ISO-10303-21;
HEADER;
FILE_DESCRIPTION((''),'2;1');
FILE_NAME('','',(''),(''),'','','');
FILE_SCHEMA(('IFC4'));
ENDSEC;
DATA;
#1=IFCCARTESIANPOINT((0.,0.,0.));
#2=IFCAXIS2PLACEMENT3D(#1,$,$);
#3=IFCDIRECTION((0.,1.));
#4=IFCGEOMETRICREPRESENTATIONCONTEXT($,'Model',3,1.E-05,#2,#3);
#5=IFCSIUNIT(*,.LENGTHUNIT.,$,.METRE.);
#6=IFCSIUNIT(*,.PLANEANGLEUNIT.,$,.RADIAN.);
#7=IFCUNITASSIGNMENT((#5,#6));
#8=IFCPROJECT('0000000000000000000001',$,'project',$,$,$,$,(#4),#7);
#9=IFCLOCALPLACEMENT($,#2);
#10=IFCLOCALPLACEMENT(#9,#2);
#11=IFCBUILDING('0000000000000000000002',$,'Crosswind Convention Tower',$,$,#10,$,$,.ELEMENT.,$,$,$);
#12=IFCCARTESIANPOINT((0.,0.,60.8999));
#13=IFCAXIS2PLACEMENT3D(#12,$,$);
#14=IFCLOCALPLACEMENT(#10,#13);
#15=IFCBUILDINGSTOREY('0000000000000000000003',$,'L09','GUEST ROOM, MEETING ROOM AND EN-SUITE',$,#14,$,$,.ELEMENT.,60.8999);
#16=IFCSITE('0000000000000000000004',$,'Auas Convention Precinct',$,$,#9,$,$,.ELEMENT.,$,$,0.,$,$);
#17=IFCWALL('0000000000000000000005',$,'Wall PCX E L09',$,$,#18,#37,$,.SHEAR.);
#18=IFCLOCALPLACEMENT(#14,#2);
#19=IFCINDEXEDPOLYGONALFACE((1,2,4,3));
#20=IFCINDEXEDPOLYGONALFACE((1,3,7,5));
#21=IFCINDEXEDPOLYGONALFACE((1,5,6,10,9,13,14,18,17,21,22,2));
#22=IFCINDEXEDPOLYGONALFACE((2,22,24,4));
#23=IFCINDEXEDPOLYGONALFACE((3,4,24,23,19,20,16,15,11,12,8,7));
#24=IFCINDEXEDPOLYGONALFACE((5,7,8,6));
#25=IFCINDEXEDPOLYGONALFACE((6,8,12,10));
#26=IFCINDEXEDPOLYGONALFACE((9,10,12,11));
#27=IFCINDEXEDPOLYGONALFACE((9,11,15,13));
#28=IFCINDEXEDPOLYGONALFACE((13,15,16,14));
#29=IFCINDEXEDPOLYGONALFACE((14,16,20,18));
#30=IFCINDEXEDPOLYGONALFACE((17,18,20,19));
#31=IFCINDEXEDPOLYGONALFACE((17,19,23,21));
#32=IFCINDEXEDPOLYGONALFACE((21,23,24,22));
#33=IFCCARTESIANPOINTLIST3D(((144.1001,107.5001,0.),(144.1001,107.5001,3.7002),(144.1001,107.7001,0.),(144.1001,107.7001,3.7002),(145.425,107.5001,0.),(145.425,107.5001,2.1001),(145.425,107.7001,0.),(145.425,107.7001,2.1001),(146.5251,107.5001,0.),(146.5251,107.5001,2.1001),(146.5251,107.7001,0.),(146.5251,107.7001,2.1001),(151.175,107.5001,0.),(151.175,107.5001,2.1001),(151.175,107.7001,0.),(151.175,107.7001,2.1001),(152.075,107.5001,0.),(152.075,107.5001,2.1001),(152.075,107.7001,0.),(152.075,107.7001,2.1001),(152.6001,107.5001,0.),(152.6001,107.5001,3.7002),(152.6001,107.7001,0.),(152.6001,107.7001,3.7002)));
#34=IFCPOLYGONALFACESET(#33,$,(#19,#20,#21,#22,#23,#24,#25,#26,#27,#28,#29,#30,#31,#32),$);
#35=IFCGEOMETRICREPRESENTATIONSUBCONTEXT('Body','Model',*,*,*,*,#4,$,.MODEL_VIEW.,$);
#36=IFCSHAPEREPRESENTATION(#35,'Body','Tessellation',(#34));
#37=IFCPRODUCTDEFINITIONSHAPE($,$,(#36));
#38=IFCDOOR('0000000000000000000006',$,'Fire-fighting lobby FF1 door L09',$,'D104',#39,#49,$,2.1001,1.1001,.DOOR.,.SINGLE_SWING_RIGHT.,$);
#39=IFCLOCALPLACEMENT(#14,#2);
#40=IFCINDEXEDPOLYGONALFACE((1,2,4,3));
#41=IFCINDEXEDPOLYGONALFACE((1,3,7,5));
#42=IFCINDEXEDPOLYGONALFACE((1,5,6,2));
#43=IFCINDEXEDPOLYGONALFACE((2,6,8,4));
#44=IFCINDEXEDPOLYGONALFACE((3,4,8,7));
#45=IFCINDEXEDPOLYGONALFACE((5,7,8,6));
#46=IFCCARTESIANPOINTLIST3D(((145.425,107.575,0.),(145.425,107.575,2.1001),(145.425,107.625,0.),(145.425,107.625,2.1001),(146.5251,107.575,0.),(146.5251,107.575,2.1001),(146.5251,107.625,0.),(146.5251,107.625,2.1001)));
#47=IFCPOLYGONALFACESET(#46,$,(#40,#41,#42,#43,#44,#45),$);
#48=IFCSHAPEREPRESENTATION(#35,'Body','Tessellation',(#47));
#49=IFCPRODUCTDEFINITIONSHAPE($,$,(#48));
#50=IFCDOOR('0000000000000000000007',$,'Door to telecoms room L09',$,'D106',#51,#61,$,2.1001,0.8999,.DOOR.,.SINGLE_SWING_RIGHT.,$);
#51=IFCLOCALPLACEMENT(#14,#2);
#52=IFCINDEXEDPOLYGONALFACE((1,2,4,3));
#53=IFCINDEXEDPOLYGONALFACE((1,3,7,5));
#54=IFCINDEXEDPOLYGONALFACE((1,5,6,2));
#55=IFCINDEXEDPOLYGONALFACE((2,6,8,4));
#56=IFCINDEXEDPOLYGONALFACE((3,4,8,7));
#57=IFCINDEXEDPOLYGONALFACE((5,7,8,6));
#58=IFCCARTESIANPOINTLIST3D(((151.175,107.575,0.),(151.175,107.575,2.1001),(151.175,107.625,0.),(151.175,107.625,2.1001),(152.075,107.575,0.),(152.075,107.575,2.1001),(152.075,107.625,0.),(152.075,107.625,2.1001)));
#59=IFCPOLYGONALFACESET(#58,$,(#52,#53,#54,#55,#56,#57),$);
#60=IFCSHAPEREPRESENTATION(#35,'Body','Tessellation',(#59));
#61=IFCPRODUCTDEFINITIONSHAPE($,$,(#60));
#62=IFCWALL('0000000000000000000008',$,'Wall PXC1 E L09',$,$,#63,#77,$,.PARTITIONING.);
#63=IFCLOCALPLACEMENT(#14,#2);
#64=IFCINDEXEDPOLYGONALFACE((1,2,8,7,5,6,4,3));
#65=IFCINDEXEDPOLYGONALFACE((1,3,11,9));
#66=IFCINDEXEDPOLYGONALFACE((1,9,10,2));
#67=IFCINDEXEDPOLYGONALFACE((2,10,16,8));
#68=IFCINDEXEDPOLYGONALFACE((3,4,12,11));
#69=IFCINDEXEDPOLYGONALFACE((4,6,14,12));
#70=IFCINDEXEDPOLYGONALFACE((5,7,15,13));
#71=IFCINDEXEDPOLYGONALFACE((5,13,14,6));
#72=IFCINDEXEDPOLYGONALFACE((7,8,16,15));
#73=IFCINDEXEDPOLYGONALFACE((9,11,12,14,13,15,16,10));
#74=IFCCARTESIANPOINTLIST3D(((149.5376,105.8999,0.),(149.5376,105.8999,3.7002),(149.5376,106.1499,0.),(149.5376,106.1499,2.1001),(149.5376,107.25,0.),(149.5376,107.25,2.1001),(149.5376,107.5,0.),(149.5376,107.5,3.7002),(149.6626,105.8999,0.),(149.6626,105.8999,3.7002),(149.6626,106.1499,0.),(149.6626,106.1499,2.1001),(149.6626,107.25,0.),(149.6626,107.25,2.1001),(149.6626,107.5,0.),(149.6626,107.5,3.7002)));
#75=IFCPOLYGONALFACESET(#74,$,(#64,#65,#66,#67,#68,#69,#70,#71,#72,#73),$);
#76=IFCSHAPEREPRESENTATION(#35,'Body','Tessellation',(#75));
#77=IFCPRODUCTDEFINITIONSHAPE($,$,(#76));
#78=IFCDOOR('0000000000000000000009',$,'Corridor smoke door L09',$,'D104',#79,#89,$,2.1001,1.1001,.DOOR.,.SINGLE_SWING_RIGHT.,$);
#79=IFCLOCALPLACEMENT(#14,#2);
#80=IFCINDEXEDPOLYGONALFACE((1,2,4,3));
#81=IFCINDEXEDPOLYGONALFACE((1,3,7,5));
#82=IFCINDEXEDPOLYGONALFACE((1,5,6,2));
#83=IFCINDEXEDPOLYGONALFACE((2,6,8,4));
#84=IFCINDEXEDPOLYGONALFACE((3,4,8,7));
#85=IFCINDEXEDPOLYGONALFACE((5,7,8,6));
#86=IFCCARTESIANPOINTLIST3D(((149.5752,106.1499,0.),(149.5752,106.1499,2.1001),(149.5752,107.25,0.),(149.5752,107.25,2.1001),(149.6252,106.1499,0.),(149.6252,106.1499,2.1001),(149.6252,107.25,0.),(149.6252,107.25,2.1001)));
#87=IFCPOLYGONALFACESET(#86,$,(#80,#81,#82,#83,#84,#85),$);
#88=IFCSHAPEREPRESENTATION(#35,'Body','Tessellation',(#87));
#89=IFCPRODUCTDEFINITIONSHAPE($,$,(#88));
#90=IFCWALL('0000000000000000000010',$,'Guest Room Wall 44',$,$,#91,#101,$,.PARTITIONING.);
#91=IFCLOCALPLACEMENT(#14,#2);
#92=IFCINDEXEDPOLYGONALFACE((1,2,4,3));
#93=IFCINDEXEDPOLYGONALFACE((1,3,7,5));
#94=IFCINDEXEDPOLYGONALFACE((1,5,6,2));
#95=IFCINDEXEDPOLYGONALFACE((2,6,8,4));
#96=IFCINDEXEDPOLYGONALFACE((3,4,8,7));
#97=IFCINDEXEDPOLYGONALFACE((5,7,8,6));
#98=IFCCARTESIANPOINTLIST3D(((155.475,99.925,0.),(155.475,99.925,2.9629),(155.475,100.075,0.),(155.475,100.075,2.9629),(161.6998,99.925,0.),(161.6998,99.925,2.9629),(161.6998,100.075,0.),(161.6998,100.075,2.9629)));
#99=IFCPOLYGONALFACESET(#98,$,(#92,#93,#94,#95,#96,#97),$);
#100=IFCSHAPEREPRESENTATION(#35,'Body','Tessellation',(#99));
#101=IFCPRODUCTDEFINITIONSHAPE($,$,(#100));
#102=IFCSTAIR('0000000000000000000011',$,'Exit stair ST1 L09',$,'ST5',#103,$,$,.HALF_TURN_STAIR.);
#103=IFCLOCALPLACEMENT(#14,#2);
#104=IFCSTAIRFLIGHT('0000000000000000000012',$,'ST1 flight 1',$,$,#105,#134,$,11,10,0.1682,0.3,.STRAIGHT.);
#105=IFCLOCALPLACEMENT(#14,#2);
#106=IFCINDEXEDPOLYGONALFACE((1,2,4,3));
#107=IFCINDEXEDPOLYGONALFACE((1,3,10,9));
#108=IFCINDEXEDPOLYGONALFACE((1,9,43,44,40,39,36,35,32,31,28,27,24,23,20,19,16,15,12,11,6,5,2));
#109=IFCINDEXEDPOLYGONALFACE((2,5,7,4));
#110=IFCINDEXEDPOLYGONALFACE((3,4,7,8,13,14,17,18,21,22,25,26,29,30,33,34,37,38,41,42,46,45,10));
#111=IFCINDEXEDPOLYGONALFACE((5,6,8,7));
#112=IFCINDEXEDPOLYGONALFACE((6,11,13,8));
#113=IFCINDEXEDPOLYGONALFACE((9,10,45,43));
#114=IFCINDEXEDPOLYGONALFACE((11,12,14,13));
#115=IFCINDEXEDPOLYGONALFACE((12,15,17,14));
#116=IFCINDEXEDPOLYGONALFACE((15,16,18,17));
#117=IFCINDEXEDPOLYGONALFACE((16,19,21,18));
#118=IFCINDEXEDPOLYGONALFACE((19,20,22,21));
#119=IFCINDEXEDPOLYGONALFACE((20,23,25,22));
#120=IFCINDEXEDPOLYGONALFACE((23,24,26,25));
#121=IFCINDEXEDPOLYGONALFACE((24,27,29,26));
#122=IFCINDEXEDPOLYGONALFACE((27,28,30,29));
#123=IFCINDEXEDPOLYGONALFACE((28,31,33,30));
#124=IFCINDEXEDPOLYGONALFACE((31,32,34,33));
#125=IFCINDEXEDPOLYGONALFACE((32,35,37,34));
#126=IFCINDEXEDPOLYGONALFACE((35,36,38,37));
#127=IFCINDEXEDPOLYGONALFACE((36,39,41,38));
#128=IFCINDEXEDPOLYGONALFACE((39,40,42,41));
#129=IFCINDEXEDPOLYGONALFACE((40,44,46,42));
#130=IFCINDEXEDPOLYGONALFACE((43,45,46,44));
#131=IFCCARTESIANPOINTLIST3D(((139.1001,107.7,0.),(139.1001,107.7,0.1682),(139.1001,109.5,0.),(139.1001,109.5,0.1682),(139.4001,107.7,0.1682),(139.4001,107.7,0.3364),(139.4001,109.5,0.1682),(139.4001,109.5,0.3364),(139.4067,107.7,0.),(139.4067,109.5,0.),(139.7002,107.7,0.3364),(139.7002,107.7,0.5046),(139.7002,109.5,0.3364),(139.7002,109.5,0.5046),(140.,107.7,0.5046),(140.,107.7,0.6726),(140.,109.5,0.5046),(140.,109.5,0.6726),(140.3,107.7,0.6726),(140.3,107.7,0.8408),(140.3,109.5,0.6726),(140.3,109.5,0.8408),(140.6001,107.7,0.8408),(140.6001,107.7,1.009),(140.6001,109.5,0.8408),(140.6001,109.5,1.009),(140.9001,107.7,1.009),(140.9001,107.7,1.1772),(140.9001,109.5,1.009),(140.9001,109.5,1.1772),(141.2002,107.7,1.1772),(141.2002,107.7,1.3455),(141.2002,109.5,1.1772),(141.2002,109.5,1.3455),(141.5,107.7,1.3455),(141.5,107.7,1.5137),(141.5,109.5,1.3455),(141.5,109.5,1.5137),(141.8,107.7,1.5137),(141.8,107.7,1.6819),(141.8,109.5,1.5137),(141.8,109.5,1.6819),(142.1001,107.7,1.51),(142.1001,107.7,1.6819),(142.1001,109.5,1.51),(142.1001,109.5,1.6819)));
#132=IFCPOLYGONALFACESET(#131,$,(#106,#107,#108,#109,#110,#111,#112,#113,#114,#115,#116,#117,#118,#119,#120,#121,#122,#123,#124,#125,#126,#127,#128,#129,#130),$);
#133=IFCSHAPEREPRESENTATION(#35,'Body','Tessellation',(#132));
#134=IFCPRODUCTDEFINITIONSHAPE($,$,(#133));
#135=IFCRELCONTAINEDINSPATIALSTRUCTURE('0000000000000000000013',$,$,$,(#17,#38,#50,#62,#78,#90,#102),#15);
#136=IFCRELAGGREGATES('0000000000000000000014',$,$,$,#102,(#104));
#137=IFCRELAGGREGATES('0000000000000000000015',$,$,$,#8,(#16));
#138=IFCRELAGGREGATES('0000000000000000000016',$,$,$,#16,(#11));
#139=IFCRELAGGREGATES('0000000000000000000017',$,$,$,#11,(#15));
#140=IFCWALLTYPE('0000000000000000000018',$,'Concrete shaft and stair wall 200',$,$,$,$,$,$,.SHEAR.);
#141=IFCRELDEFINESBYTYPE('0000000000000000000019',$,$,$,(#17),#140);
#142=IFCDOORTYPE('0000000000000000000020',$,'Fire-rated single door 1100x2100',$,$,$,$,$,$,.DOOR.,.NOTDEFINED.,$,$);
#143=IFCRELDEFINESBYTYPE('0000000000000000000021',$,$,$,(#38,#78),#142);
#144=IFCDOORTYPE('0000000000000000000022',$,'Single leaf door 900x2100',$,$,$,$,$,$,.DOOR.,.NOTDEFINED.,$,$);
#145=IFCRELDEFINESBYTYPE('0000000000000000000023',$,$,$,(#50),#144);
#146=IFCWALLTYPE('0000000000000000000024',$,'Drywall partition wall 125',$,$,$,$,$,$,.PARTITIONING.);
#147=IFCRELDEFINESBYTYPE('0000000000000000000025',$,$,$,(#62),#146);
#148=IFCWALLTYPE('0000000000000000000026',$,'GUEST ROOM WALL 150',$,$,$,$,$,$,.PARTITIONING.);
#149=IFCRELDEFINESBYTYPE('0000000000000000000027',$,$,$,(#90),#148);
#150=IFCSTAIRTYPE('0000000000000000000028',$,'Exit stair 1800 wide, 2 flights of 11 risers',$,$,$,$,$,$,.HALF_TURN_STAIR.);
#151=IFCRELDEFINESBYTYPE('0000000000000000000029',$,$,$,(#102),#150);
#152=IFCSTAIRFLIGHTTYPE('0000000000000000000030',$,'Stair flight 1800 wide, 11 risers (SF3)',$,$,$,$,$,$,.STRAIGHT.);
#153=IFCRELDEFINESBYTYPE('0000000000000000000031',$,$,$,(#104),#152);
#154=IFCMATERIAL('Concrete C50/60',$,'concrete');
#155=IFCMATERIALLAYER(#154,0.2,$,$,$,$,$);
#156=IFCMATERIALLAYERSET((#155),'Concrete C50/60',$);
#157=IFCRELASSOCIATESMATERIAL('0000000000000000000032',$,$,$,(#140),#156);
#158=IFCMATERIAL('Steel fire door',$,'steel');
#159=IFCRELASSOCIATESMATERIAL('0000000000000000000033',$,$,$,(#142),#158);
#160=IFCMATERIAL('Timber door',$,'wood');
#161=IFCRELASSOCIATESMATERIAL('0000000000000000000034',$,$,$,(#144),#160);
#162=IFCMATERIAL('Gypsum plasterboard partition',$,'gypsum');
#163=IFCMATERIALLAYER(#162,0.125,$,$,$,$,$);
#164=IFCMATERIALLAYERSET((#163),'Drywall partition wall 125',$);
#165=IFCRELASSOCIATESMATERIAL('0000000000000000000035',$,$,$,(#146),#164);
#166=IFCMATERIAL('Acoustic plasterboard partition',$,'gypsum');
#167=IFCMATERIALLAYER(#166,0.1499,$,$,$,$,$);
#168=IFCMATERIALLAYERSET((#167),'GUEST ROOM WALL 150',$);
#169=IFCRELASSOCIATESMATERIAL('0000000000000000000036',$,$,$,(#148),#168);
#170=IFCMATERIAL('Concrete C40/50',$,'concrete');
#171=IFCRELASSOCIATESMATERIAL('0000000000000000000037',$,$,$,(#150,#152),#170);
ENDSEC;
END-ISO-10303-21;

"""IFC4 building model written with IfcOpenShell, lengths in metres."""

from ifc_helpers import new_model, si_unit, direction, frame, frame_2d, origin, place, context, subcontext, project, spatial, polyline, rectangle, outline, extrude, material, layer, layer_set, type_object, element, fill, aggregate, save


model = new_model("IFC4")

# Units and contexts
model_context = context("Model", 3, precision=1e-05, world=origin(), true_north=direction((0.0, 1.0)))
body_context = subcontext(model_context, "Body", "Model", "MODEL_VIEW")
ifc_project = project(units=[si_unit("LENGTHUNIT", "METRE"), si_unit("PLANEANGLEUNIT", "RADIAN")], contexts=[model_context])

# Site, building, storey
site_placement = place(None, origin())
site = spatial("IfcSite", under=ifc_project, at=site_placement, Name="Auas Convention Precinct", CompositionType="ELEMENT", RefElevation=0.0)
building_placement = place(site_placement, origin())
building = spatial("IfcBuilding", under=site, at=building_placement, Name="Crosswind Convention Tower", CompositionType="ELEMENT")
storey_placement = place(building_placement, frame((0.0, 0.0, 60.8999)))
storey = spatial("IfcBuildingStorey", under=building, at=storey_placement, Name="L09", Description="GUEST ROOM, MEETING ROOM AND EN-SUITE", CompositionType="ELEMENT", Elevation=60.8999)

# Shared definitions
ifc_material_1 = material(Name="Concrete C50/60", Category="concrete")
ifc_layer_1 = layer(ifc_material_1, 0.2)
ifc_layer_set_1 = layer_set([ifc_layer_1], Name="Concrete C50/60")
wall_type_1 = type_object("IfcWallType", Name="Concrete shaft and stair wall 200", PredefinedType="SHEAR", material=ifc_layer_set_1)

# Shared definitions
ifc_material_2 = material(Name="Steel fire door", Category="steel")
door_type_1 = type_object("IfcDoorType", Name="Fire-rated single door 1100x2100", OperationType="NOTDEFINED", PredefinedType="DOOR", material=ifc_material_2)

# Wall, openings, doors
wall_1_placement = place(storey_placement, frame((144.1001, 107.6001, 0.0), z_axis=(0.0, 0.0, 1.0), x_axis=(1.0, 0.0, 0.0)))
wall_1 = element("IfcWall", 1, at=wall_1_placement, inside=storey, type_object=wall_type_1, Name="Wall PCX E L09", PredefinedType="SHEAR", context=body_context, shape_type="SweptSolid", body=[
    extrude(rectangle(XDim=8.5, YDim=0.2, at=frame_2d((4.25, 0.0))), origin(), (0.0, 0.0, 1.0), 3.7002),
])
opening_1_placement = place(wall_1_placement, frame((1.325, 0.0, 0.0)))
opening_1 = element("IfcOpeningElement", 2, at=opening_1_placement, cuts=wall_1, PredefinedType="OPENING", context=body_context, shape_type="SweptSolid", body=[
    extrude(rectangle(XDim=1.1001, YDim=2.1001, at=frame_2d((0.55, 1.05))), frame((0.0, 0.1099, 0.0), z_axis=(0.0, -1.0, 0.0), x_axis=(1.0, 0.0, 0.0)), (0.0, 0.0, 1.0), 0.22),
])
opening_2_placement = place(wall_1_placement, frame((7.075, 0.0, 0.0)))
opening_2 = element("IfcOpeningElement", 3, at=opening_2_placement, cuts=wall_1, PredefinedType="OPENING", context=body_context, shape_type="SweptSolid", body=[
    extrude(rectangle(XDim=0.8999, YDim=2.1001, at=frame_2d((0.45, 1.05))), frame((0.0, 0.1099, 0.0), z_axis=(0.0, -1.0, 0.0), x_axis=(1.0, 0.0, 0.0)), (0.0, 0.0, 1.0), 0.22),
])
door_1_placement = place(opening_1_placement, origin())
door_1 = element("IfcDoor", 4, at=door_1_placement, inside=storey, type_object=door_type_1, Name="Fire-fighting lobby FF1 door L09", ObjectType="D104", OperationType="SINGLE_SWING_RIGHT", OverallHeight=2.1001, OverallWidth=1.1001, PredefinedType="DOOR", context=body_context, shape_type="SweptSolid", body=[
    extrude(rectangle(XDim=1.1001, YDim=2.1001, at=frame_2d((0.55, 1.05))), frame((0.0, 0.0249, 0.0), z_axis=(0.0, -1.0, 0.0), x_axis=(1.0, 0.0, 0.0)), (0.0, 0.0, 1.0), 0.05),
])
fill(opening_1, door_1)
ifc_material_3 = material(Name="Timber door", Category="wood")
door_type_2 = type_object("IfcDoorType", Name="Single leaf door 900x2100", OperationType="NOTDEFINED", PredefinedType="DOOR", material=ifc_material_3)
door_2_placement = place(opening_2_placement, origin())
door_2 = element("IfcDoor", 5, at=door_2_placement, inside=storey, type_object=door_type_2, Name="Door to telecoms room L09", ObjectType="D106", OperationType="SINGLE_SWING_RIGHT", OverallHeight=2.1001, OverallWidth=0.8999, PredefinedType="DOOR", context=body_context, shape_type="SweptSolid", body=[
    extrude(rectangle(XDim=0.8999, YDim=2.1001, at=frame_2d((0.45, 1.05))), frame((0.0, 0.0249, 0.0), z_axis=(0.0, -1.0, 0.0), x_axis=(1.0, 0.0, 0.0)), (0.0, 0.0, 1.0), 0.05),
])
fill(opening_2, door_2)

# Wall, opening, door
ifc_material_4 = material(Name="Gypsum plasterboard partition", Category="gypsum")
ifc_layer_2 = layer(ifc_material_4, 0.125)
ifc_layer_set_2 = layer_set([ifc_layer_2], Name="Drywall partition wall 125")
wall_type_2 = type_object("IfcWallType", Name="Drywall partition wall 125", PredefinedType="PARTITIONING", material=ifc_layer_set_2)
wall_2_placement = place(storey_placement, frame((149.6001, 105.8999, 0.0), z_axis=(0.0, 0.0, 1.0), x_axis=(0.0, 1.0, 0.0)))
wall_2 = element("IfcWall", 6, at=wall_2_placement, inside=storey, type_object=wall_type_2, Name="Wall PXC1 E L09", PredefinedType="PARTITIONING", context=body_context, shape_type="SweptSolid", body=[
    extrude(rectangle(XDim=1.6001, YDim=0.125, at=frame_2d((0.8, 0.0))), origin(), (0.0, 0.0, 1.0), 3.7002),
])
opening_3_placement = place(wall_2_placement, frame((0.25, 0.0, 0.0)))
opening_3 = element("IfcOpeningElement", 7, at=opening_3_placement, cuts=wall_2, PredefinedType="OPENING", context=body_context, shape_type="SweptSolid", body=[
    extrude(rectangle(XDim=1.1001, YDim=2.1001, at=frame_2d((0.55, 1.05))), frame((0.0, 0.0725, 0.0), z_axis=(0.0, -1.0, 0.0), x_axis=(1.0, 0.0, 0.0)), (0.0, 0.0, 1.0), 0.145),
])
door_3_placement = place(opening_3_placement, origin())
door_3 = element("IfcDoor", 8, at=door_3_placement, inside=storey, type_object=door_type_1, Name="Corridor smoke door L09", ObjectType="D104", OperationType="SINGLE_SWING_RIGHT", OverallHeight=2.1001, OverallWidth=1.1001, PredefinedType="DOOR", context=body_context, shape_type="SweptSolid", body=[
    extrude(rectangle(XDim=1.1001, YDim=2.1001, at=frame_2d((0.55, 1.05))), frame((0.0, 0.0249, 0.0), z_axis=(0.0, -1.0, 0.0), x_axis=(1.0, 0.0, 0.0)), (0.0, 0.0, 1.0), 0.05),
])
fill(opening_3, door_3)

# Wall
ifc_material_5 = material(Name="Acoustic plasterboard partition", Category="gypsum")
ifc_layer_3 = layer(ifc_material_5, 0.1499)
ifc_layer_set_3 = layer_set([ifc_layer_3], Name="GUEST ROOM WALL 150")
wall_type_3 = type_object("IfcWallType", Name="GUEST ROOM WALL 150", PredefinedType="PARTITIONING", material=ifc_layer_set_3)
wall_3_placement = place(storey_placement, frame((155.4751, 100.0, 0.0), z_axis=(0.0, 0.0, 1.0), x_axis=(1.0, 0.0, 0.0)))
element("IfcWall", 9, at=wall_3_placement, inside=storey, type_object=wall_type_3, Name="Guest Room Wall 44", PredefinedType="PARTITIONING", context=body_context, shape_type="SweptSolid", body=[
    extrude(rectangle(XDim=6.2249, YDim=0.1499, at=frame_2d((3.1123, 0.0))), origin(), (0.0, 0.0, 1.0), 2.9629),
])

# Stair, stair flight
ifc_material_6 = material(Name="Concrete C40/50", Category="concrete")
stair_type = type_object("IfcStairType", Name="Exit stair 1800 wide, 2 flights of 11 risers", PredefinedType="HALF_TURN_STAIR", material=ifc_material_6)
stair_placement = place(storey_placement, origin())
stair = element("IfcStair", 10, at=stair_placement, inside=storey, type_object=stair_type, Name="Exit stair ST1 L09", ObjectType="ST5", PredefinedType="HALF_TURN_STAIR")
stair_flight_type = type_object("IfcStairFlightType", Name="Stair flight 1800 wide, 11 risers (SF3)", PredefinedType="STRAIGHT", material=ifc_material_6)
stair_flight_placement = place(storey_placement, frame((139.1001, 108.6001, 0.0), z_axis=(0.0, 0.0, 1.0), x_axis=(1.0, 0.0, 0.0)))
stair_flight = element("IfcStairFlight", 11, at=stair_flight_placement, type_object=stair_flight_type, Name="ST1 flight 1", NumberOfRisers=11, NumberOfTreads=10, PredefinedType="STRAIGHT", RiserHeight=0.1682, TreadLength=0.3, context=body_context, shape_type="SweptSolid", body=[
    extrude(outline(polyline([(0.0, 0.0), (0.0, 0.1682), (0.3, 0.1682), (0.3, 0.3364), (0.6001, 0.3364), (0.6001, 0.5046), (0.8999, 0.5046), (0.8999, 0.6726), (1.2, 0.6726), (1.2, 0.8408), (1.5, 0.8408), (1.5, 1.009), (1.8, 1.009), (1.8, 1.1772), (2.1001, 1.1772), (2.1001, 1.3455), (2.3999, 1.3455), (2.3999, 1.5137), (2.7, 1.5137), (2.7, 1.6819), (3.0, 1.6819), (3.0, 1.8501), (3.0, 1.51), (0.3066, 0.0), (0.0, 0.0)])), frame((0.0, 0.8999, 0.0), z_axis=(0.0, -1.0, 0.0), x_axis=(1.0, 0.0, 0.0)), (0.0, 0.0, 1.0), 1.8),
])
aggregate(stair, [stair_flight])

save(model, "model.ifc")
